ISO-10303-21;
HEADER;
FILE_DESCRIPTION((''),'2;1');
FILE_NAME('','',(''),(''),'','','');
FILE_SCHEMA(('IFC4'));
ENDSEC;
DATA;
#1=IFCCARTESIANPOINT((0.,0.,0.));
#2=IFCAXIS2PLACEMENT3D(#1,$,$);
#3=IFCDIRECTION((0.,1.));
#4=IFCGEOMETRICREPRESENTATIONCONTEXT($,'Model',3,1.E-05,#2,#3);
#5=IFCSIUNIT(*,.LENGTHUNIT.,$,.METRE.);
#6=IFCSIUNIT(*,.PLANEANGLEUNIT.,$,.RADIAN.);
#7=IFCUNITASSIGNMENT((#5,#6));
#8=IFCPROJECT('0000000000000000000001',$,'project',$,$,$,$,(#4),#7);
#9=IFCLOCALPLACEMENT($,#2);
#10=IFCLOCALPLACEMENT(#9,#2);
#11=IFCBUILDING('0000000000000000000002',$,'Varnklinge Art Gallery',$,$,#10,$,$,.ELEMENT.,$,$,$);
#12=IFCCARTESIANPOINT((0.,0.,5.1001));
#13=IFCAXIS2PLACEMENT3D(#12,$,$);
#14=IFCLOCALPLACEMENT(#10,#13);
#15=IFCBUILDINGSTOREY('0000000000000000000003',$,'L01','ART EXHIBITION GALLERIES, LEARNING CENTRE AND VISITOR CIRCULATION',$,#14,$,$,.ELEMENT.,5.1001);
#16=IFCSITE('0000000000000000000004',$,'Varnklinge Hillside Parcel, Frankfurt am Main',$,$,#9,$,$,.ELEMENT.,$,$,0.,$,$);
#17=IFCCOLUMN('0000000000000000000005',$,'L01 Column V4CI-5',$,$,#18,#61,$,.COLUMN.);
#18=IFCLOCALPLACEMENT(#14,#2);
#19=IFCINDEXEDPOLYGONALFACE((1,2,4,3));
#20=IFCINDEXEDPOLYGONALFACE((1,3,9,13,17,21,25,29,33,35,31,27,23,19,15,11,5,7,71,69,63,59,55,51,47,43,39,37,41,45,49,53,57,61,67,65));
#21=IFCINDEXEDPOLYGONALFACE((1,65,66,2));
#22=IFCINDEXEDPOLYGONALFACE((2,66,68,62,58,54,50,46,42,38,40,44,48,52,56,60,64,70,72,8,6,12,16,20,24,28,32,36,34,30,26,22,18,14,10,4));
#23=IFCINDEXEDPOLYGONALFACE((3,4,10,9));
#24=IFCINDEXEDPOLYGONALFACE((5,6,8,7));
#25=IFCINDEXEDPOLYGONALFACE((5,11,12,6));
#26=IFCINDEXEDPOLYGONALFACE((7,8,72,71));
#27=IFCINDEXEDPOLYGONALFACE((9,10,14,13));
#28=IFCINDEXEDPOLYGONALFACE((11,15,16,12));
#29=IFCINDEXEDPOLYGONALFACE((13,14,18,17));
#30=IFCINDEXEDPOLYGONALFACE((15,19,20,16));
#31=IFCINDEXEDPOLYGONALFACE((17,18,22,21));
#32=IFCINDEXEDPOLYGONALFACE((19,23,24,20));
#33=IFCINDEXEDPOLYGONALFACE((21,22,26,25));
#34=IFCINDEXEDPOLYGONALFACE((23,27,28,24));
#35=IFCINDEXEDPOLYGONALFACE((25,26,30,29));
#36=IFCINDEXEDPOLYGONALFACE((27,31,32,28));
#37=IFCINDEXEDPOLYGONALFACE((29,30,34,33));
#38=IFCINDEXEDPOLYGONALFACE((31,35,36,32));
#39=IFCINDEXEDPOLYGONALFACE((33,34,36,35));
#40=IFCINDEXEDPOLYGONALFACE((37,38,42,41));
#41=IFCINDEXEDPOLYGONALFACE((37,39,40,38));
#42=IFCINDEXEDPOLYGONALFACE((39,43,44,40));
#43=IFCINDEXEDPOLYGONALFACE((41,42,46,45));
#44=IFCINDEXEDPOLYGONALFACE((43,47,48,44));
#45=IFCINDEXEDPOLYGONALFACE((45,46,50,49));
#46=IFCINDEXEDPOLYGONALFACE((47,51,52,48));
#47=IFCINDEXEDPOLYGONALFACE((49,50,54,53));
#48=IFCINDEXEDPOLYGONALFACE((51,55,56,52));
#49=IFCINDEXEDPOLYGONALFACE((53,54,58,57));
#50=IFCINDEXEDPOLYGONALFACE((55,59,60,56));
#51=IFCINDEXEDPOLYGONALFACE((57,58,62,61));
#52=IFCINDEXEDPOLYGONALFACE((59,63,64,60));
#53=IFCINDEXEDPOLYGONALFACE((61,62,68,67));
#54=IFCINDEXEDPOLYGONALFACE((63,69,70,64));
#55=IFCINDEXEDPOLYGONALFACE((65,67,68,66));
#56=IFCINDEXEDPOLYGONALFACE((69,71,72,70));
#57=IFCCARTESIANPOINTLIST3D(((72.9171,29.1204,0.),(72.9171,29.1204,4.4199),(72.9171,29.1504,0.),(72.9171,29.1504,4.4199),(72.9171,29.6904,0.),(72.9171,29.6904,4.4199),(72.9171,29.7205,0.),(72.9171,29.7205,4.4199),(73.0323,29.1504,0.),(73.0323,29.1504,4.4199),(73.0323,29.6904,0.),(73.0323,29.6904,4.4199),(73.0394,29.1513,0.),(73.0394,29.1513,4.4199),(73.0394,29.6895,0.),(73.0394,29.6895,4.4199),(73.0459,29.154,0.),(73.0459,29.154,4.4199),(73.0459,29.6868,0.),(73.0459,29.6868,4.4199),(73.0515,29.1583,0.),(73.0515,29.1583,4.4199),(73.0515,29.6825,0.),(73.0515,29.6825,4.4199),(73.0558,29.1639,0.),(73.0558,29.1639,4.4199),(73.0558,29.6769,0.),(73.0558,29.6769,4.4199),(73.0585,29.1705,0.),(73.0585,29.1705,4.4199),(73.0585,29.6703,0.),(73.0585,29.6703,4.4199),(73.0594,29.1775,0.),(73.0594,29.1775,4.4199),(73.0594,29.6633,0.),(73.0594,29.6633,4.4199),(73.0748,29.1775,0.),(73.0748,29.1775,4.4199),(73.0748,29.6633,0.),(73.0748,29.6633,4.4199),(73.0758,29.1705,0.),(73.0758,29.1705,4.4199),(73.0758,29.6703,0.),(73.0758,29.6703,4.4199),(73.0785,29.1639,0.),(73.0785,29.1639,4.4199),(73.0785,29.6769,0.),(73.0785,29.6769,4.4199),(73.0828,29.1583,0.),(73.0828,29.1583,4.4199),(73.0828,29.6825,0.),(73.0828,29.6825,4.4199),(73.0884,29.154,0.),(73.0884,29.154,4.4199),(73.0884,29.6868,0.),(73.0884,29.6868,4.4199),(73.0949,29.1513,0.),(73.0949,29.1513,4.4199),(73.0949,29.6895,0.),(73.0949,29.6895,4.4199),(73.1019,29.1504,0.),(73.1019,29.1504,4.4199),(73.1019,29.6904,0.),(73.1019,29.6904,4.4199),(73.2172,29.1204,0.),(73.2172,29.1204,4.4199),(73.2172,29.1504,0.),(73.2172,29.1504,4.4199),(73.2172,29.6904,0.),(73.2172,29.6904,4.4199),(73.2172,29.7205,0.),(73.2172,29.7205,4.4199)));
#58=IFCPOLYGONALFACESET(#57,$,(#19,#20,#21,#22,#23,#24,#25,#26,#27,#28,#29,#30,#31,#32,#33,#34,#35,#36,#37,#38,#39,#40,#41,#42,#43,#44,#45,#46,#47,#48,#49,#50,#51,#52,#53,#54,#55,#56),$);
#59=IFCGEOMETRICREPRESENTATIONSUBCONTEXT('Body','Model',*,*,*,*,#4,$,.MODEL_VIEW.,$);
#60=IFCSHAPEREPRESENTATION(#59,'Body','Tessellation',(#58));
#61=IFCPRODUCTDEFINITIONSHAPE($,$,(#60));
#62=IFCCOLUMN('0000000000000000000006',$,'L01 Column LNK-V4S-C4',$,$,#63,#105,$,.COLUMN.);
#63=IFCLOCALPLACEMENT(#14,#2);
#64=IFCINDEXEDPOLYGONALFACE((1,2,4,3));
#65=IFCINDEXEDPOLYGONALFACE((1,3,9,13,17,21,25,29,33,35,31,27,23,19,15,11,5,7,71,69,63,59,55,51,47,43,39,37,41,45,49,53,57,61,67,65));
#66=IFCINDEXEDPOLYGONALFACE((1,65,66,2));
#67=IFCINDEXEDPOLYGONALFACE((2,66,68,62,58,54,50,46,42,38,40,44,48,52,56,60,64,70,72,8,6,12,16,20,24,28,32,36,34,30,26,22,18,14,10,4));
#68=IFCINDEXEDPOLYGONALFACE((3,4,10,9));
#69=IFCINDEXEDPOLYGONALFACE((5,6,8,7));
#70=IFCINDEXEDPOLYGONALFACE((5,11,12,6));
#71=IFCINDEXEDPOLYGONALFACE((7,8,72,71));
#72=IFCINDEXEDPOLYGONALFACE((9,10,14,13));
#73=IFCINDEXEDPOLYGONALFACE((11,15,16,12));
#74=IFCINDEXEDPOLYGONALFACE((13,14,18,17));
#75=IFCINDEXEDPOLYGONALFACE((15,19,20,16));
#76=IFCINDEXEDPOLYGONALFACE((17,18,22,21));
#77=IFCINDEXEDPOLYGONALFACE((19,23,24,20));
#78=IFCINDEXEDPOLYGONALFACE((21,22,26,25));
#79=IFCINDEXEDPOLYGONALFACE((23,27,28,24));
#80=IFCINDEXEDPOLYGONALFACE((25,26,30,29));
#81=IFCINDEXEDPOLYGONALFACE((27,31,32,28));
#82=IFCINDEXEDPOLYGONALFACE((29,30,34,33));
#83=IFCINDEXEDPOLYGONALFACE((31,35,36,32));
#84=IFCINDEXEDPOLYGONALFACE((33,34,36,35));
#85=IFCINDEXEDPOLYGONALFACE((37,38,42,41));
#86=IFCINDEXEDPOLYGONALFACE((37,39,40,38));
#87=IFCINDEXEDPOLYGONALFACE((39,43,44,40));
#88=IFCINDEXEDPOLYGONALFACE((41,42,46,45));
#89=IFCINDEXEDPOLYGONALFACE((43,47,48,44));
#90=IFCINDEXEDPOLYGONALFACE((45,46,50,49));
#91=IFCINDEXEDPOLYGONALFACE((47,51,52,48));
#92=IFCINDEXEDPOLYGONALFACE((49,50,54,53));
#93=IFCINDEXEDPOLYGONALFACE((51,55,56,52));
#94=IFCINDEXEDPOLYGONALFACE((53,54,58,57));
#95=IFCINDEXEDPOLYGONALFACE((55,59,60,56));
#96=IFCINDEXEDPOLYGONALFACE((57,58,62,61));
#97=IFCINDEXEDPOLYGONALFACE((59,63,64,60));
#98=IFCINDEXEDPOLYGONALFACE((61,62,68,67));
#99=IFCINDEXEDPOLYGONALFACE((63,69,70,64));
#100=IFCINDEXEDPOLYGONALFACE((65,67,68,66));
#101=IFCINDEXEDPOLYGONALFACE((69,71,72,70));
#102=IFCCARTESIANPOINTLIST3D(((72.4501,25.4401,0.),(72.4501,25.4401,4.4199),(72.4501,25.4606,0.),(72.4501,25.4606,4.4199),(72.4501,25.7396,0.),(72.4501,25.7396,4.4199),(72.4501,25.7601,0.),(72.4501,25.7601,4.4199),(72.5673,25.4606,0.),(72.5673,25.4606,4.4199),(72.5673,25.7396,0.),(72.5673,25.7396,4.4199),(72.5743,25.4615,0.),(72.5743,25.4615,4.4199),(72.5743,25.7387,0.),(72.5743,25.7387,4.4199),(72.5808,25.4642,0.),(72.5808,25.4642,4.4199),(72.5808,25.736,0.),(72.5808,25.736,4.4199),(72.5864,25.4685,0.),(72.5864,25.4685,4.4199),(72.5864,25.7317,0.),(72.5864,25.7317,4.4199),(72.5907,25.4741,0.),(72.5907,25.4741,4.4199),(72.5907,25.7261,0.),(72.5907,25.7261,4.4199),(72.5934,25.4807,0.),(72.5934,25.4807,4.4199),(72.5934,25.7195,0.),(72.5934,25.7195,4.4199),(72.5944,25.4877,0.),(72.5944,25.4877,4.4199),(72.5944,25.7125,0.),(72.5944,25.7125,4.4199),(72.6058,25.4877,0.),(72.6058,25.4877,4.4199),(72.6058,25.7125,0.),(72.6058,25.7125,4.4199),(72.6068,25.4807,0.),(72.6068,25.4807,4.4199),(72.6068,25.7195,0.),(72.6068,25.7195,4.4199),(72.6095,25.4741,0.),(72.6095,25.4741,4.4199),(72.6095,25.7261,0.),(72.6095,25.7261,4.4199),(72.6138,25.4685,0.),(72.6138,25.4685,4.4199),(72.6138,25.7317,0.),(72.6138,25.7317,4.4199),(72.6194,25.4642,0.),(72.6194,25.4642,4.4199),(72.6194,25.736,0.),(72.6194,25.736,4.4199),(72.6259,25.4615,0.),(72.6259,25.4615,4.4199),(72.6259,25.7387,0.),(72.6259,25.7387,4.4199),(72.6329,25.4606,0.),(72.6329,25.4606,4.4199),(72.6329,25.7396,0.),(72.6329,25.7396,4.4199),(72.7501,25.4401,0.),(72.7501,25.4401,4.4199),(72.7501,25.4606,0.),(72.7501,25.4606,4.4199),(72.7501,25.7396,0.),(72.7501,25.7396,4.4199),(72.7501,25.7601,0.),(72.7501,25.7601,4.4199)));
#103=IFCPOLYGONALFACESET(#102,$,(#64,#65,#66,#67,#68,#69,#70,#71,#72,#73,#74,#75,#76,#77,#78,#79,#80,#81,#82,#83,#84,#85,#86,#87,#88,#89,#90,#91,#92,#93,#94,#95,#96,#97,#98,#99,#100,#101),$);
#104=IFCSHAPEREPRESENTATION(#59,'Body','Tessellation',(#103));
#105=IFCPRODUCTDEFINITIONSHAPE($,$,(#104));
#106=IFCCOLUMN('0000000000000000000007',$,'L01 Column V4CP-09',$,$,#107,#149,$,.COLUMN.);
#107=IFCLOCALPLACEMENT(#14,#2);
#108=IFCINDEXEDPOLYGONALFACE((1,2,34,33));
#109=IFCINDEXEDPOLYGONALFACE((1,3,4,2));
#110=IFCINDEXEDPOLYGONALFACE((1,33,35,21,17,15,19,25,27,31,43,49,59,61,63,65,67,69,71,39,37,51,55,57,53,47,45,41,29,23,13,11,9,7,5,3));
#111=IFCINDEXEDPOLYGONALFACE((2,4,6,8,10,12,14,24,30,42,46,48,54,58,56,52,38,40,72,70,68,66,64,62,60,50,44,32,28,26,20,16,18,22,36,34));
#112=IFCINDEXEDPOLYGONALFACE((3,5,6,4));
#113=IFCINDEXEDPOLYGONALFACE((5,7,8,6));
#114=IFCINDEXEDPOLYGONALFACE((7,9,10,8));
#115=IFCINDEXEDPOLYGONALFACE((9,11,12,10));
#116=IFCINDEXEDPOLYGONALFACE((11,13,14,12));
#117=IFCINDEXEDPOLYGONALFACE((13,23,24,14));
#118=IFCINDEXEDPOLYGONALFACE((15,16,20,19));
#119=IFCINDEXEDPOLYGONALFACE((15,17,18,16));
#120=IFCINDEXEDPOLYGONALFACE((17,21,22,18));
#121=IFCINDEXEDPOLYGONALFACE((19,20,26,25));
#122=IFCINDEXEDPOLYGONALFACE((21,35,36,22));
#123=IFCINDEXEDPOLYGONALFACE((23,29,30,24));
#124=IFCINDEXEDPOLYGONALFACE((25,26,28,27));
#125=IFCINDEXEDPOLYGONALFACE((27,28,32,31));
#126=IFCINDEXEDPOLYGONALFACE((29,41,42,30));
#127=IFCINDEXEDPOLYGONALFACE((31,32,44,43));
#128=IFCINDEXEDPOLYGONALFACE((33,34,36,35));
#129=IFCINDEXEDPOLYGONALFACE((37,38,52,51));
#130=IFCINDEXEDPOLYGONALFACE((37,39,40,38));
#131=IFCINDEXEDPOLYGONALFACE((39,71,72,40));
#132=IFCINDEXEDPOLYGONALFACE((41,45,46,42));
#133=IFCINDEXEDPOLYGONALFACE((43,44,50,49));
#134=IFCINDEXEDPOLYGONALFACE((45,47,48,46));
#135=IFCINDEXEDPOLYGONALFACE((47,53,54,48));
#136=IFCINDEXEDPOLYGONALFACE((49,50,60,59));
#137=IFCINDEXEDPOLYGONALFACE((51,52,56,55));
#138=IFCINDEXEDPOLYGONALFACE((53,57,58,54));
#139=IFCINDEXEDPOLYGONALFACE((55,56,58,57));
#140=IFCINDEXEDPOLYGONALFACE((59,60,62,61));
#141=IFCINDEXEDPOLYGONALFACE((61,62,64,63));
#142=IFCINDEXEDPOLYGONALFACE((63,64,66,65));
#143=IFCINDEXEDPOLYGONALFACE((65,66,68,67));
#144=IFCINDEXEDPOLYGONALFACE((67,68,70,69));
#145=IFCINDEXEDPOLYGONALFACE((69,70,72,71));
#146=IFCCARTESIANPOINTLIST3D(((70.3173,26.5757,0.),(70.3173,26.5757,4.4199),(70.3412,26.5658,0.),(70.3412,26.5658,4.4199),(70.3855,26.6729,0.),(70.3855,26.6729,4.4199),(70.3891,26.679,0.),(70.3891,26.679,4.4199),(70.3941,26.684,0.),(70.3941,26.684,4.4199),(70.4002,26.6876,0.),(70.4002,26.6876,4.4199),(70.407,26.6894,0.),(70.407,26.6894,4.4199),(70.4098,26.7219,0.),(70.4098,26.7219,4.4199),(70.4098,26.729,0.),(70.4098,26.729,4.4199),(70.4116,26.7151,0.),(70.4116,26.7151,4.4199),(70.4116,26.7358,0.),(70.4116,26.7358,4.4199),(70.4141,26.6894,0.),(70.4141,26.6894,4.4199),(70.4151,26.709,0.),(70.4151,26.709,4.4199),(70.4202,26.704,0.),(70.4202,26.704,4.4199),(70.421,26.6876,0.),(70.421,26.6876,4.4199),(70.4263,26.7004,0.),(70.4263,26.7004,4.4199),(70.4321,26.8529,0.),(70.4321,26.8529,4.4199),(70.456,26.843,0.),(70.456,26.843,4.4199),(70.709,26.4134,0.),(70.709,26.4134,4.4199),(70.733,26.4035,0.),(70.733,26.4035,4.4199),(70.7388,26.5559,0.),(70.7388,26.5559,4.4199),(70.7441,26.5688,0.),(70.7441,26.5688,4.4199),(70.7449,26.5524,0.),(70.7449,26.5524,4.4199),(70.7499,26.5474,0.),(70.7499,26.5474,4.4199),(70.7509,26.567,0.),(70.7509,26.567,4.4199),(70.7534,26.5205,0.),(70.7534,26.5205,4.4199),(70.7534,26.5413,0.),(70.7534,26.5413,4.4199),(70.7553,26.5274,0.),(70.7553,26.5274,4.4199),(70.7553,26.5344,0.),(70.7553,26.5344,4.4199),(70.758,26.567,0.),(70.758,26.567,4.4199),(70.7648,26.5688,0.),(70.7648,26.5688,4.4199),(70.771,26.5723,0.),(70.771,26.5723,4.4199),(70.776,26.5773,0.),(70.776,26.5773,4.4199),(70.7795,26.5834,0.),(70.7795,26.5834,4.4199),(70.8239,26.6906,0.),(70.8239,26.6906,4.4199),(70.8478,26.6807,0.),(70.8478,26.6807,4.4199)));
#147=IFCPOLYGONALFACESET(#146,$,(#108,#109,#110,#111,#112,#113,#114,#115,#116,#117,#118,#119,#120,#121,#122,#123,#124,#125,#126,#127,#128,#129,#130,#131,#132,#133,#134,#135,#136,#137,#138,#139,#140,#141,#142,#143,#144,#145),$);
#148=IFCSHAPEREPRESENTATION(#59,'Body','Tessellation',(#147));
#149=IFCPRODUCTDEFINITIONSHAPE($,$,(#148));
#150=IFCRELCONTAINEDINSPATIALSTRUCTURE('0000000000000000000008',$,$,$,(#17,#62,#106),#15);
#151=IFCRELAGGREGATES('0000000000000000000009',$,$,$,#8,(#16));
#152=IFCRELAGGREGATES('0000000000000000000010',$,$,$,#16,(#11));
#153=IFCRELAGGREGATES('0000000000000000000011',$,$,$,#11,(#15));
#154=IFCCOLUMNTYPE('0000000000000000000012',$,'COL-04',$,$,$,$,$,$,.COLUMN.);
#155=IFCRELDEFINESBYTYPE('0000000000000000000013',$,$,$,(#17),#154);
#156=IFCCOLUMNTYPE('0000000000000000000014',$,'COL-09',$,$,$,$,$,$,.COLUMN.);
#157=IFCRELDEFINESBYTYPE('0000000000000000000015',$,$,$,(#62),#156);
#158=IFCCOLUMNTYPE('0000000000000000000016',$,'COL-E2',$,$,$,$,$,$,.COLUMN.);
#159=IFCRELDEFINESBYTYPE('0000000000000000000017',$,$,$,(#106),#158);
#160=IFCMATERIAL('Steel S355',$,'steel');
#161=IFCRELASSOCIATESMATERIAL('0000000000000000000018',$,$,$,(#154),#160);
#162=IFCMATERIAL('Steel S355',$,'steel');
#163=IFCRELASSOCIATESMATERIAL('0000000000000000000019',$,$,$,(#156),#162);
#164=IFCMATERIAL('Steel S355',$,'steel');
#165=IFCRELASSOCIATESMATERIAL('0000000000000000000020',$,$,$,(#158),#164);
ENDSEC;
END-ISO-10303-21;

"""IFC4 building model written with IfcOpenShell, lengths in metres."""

from ifc_helpers import new_model, si_unit, direction, frame, origin, origin_2d, place, context, subcontext, project, spatial, i_section, extrude, material, material_profile, profile_set, type_object, element, save


model = new_model("IFC4")

# Units and contexts
model_context = context("Model", 3, precision=1e-05, world=origin(), true_north=direction((0.0, 1.0)))
body_context = subcontext(model_context, "Body", "Model", "MODEL_VIEW")
ifc_project = project(units=[si_unit("LENGTHUNIT", "METRE"), si_unit("PLANEANGLEUNIT", "RADIAN")], contexts=[model_context])

# Site, building, storey
site_placement = place(None, origin())
site = spatial("IfcSite", under=ifc_project, at=site_placement, Name="Varnklinge Hillside Parcel, Frankfurt am Main", CompositionType="ELEMENT", RefElevation=0.0)
building_placement = place(site_placement, origin())
building = spatial("IfcBuilding", under=site, at=building_placement, Name="Varnklinge Art Gallery", CompositionType="ELEMENT")
storey_placement = place(building_placement, frame((0.0, 0.0, 5.1001)))
storey = spatial("IfcBuildingStorey", under=building, at=storey_placement, Name="L01", Description="ART EXHIBITION GALLERIES, LEARNING CENTRE AND VISITOR CIRCULATION", CompositionType="ELEMENT", Elevation=5.1001)

# Columns
ifc_material_1 = material(Name="Steel S355", Category="steel")
ifc_material_profile_1 = material_profile(ifc_material_1, i_section(OverallWidth=0.3, OverallDepth=0.6001, WebThickness=0.0154, FlangeThickness=0.03, FilletRadius=0.0271, at=origin_2d()), Name="HEB 600")
ifc_profile_set_1 = profile_set([ifc_material_profile_1], Name="Steel S355")
column_type_1 = type_object("IfcColumnType", Name="COL-04", PredefinedType="COLUMN", material=ifc_profile_set_1)
column_1_placement = place(storey_placement, frame((73.0671, 29.4204, 0.0), z_axis=(0.0, 0.0, 1.0), x_axis=(1.0, 0.0, 0.0)))
element("IfcColumn", 1, at=column_1_placement, inside=storey, type_object=column_type_1, Name="L01 Column V4CI-5", PredefinedType="COLUMN", context=body_context, shape_type="SweptSolid", body=[
    extrude(i_section(OverallWidth=0.3, OverallDepth=0.6001, WebThickness=0.0154, FlangeThickness=0.03, FilletRadius=0.0271, at=origin_2d()), origin(), (0.0, 0.0, 1.0), 4.4199),
])
ifc_material_2 = material(Name="Steel S355", Category="steel")
ifc_material_profile_2 = material_profile(ifc_material_2, i_section(OverallWidth=0.3, OverallDepth=0.3201, WebThickness=0.0115, FlangeThickness=0.0205, FilletRadius=0.0271, at=origin_2d()), Name="HEB 320")
ifc_profile_set_2 = profile_set([ifc_material_profile_2], Name="Steel S355")
column_type_2 = type_object("IfcColumnType", Name="COL-09", PredefinedType="COLUMN", material=ifc_profile_set_2)
column_2_placement = place(storey_placement, frame((72.6001, 25.6001, 0.0), z_axis=(0.0, 0.0, 1.0), x_axis=(1.0, 0.0, 0.0)))
element("IfcColumn", 2, at=column_2_placement, inside=storey, type_object=column_type_2, Name="L01 Column LNK-V4S-C4", PredefinedType="COLUMN", context=body_context, shape_type="SweptSolid", body=[
    extrude(i_section(OverallWidth=0.3, OverallDepth=0.3201, WebThickness=0.0115, FlangeThickness=0.0205, FilletRadius=0.0271, at=origin_2d()), origin(), (0.0, 0.0, 1.0), 4.4199),
])
ifc_material_3 = material(Name="Steel S355", Category="steel")
ifc_material_profile_3 = material_profile(ifc_material_3, i_section(OverallWidth=0.3, OverallDepth=0.45, WebThickness=0.0139, FlangeThickness=0.0259, FilletRadius=0.0271, at=origin_2d()), Name="HEB 450")
ifc_profile_set_3 = profile_set([ifc_material_profile_3], Name="Steel S355")
column_type_3 = type_object("IfcColumnType", Name="COL-E2", PredefinedType="COLUMN", material=ifc_profile_set_3)
column_3_placement = place(storey_placement, frame((70.5825, 26.6282, 0.0), z_axis=(0.0, 0.0, 1.0), x_axis=(-0.382683, -0.92388, 0.0)))
element("IfcColumn", 3, at=column_3_placement, inside=storey, type_object=column_type_3, Name="L01 Column V4CP-09", PredefinedType="COLUMN", context=body_context, shape_type="SweptSolid", body=[
    extrude(i_section(OverallWidth=0.3, OverallDepth=0.45, WebThickness=0.0139, FlangeThickness=0.0259, FilletRadius=0.0271, at=origin_2d()), origin(), (0.0, 0.0, 1.0), 4.4199),
])

save(model, "model.ifc")
